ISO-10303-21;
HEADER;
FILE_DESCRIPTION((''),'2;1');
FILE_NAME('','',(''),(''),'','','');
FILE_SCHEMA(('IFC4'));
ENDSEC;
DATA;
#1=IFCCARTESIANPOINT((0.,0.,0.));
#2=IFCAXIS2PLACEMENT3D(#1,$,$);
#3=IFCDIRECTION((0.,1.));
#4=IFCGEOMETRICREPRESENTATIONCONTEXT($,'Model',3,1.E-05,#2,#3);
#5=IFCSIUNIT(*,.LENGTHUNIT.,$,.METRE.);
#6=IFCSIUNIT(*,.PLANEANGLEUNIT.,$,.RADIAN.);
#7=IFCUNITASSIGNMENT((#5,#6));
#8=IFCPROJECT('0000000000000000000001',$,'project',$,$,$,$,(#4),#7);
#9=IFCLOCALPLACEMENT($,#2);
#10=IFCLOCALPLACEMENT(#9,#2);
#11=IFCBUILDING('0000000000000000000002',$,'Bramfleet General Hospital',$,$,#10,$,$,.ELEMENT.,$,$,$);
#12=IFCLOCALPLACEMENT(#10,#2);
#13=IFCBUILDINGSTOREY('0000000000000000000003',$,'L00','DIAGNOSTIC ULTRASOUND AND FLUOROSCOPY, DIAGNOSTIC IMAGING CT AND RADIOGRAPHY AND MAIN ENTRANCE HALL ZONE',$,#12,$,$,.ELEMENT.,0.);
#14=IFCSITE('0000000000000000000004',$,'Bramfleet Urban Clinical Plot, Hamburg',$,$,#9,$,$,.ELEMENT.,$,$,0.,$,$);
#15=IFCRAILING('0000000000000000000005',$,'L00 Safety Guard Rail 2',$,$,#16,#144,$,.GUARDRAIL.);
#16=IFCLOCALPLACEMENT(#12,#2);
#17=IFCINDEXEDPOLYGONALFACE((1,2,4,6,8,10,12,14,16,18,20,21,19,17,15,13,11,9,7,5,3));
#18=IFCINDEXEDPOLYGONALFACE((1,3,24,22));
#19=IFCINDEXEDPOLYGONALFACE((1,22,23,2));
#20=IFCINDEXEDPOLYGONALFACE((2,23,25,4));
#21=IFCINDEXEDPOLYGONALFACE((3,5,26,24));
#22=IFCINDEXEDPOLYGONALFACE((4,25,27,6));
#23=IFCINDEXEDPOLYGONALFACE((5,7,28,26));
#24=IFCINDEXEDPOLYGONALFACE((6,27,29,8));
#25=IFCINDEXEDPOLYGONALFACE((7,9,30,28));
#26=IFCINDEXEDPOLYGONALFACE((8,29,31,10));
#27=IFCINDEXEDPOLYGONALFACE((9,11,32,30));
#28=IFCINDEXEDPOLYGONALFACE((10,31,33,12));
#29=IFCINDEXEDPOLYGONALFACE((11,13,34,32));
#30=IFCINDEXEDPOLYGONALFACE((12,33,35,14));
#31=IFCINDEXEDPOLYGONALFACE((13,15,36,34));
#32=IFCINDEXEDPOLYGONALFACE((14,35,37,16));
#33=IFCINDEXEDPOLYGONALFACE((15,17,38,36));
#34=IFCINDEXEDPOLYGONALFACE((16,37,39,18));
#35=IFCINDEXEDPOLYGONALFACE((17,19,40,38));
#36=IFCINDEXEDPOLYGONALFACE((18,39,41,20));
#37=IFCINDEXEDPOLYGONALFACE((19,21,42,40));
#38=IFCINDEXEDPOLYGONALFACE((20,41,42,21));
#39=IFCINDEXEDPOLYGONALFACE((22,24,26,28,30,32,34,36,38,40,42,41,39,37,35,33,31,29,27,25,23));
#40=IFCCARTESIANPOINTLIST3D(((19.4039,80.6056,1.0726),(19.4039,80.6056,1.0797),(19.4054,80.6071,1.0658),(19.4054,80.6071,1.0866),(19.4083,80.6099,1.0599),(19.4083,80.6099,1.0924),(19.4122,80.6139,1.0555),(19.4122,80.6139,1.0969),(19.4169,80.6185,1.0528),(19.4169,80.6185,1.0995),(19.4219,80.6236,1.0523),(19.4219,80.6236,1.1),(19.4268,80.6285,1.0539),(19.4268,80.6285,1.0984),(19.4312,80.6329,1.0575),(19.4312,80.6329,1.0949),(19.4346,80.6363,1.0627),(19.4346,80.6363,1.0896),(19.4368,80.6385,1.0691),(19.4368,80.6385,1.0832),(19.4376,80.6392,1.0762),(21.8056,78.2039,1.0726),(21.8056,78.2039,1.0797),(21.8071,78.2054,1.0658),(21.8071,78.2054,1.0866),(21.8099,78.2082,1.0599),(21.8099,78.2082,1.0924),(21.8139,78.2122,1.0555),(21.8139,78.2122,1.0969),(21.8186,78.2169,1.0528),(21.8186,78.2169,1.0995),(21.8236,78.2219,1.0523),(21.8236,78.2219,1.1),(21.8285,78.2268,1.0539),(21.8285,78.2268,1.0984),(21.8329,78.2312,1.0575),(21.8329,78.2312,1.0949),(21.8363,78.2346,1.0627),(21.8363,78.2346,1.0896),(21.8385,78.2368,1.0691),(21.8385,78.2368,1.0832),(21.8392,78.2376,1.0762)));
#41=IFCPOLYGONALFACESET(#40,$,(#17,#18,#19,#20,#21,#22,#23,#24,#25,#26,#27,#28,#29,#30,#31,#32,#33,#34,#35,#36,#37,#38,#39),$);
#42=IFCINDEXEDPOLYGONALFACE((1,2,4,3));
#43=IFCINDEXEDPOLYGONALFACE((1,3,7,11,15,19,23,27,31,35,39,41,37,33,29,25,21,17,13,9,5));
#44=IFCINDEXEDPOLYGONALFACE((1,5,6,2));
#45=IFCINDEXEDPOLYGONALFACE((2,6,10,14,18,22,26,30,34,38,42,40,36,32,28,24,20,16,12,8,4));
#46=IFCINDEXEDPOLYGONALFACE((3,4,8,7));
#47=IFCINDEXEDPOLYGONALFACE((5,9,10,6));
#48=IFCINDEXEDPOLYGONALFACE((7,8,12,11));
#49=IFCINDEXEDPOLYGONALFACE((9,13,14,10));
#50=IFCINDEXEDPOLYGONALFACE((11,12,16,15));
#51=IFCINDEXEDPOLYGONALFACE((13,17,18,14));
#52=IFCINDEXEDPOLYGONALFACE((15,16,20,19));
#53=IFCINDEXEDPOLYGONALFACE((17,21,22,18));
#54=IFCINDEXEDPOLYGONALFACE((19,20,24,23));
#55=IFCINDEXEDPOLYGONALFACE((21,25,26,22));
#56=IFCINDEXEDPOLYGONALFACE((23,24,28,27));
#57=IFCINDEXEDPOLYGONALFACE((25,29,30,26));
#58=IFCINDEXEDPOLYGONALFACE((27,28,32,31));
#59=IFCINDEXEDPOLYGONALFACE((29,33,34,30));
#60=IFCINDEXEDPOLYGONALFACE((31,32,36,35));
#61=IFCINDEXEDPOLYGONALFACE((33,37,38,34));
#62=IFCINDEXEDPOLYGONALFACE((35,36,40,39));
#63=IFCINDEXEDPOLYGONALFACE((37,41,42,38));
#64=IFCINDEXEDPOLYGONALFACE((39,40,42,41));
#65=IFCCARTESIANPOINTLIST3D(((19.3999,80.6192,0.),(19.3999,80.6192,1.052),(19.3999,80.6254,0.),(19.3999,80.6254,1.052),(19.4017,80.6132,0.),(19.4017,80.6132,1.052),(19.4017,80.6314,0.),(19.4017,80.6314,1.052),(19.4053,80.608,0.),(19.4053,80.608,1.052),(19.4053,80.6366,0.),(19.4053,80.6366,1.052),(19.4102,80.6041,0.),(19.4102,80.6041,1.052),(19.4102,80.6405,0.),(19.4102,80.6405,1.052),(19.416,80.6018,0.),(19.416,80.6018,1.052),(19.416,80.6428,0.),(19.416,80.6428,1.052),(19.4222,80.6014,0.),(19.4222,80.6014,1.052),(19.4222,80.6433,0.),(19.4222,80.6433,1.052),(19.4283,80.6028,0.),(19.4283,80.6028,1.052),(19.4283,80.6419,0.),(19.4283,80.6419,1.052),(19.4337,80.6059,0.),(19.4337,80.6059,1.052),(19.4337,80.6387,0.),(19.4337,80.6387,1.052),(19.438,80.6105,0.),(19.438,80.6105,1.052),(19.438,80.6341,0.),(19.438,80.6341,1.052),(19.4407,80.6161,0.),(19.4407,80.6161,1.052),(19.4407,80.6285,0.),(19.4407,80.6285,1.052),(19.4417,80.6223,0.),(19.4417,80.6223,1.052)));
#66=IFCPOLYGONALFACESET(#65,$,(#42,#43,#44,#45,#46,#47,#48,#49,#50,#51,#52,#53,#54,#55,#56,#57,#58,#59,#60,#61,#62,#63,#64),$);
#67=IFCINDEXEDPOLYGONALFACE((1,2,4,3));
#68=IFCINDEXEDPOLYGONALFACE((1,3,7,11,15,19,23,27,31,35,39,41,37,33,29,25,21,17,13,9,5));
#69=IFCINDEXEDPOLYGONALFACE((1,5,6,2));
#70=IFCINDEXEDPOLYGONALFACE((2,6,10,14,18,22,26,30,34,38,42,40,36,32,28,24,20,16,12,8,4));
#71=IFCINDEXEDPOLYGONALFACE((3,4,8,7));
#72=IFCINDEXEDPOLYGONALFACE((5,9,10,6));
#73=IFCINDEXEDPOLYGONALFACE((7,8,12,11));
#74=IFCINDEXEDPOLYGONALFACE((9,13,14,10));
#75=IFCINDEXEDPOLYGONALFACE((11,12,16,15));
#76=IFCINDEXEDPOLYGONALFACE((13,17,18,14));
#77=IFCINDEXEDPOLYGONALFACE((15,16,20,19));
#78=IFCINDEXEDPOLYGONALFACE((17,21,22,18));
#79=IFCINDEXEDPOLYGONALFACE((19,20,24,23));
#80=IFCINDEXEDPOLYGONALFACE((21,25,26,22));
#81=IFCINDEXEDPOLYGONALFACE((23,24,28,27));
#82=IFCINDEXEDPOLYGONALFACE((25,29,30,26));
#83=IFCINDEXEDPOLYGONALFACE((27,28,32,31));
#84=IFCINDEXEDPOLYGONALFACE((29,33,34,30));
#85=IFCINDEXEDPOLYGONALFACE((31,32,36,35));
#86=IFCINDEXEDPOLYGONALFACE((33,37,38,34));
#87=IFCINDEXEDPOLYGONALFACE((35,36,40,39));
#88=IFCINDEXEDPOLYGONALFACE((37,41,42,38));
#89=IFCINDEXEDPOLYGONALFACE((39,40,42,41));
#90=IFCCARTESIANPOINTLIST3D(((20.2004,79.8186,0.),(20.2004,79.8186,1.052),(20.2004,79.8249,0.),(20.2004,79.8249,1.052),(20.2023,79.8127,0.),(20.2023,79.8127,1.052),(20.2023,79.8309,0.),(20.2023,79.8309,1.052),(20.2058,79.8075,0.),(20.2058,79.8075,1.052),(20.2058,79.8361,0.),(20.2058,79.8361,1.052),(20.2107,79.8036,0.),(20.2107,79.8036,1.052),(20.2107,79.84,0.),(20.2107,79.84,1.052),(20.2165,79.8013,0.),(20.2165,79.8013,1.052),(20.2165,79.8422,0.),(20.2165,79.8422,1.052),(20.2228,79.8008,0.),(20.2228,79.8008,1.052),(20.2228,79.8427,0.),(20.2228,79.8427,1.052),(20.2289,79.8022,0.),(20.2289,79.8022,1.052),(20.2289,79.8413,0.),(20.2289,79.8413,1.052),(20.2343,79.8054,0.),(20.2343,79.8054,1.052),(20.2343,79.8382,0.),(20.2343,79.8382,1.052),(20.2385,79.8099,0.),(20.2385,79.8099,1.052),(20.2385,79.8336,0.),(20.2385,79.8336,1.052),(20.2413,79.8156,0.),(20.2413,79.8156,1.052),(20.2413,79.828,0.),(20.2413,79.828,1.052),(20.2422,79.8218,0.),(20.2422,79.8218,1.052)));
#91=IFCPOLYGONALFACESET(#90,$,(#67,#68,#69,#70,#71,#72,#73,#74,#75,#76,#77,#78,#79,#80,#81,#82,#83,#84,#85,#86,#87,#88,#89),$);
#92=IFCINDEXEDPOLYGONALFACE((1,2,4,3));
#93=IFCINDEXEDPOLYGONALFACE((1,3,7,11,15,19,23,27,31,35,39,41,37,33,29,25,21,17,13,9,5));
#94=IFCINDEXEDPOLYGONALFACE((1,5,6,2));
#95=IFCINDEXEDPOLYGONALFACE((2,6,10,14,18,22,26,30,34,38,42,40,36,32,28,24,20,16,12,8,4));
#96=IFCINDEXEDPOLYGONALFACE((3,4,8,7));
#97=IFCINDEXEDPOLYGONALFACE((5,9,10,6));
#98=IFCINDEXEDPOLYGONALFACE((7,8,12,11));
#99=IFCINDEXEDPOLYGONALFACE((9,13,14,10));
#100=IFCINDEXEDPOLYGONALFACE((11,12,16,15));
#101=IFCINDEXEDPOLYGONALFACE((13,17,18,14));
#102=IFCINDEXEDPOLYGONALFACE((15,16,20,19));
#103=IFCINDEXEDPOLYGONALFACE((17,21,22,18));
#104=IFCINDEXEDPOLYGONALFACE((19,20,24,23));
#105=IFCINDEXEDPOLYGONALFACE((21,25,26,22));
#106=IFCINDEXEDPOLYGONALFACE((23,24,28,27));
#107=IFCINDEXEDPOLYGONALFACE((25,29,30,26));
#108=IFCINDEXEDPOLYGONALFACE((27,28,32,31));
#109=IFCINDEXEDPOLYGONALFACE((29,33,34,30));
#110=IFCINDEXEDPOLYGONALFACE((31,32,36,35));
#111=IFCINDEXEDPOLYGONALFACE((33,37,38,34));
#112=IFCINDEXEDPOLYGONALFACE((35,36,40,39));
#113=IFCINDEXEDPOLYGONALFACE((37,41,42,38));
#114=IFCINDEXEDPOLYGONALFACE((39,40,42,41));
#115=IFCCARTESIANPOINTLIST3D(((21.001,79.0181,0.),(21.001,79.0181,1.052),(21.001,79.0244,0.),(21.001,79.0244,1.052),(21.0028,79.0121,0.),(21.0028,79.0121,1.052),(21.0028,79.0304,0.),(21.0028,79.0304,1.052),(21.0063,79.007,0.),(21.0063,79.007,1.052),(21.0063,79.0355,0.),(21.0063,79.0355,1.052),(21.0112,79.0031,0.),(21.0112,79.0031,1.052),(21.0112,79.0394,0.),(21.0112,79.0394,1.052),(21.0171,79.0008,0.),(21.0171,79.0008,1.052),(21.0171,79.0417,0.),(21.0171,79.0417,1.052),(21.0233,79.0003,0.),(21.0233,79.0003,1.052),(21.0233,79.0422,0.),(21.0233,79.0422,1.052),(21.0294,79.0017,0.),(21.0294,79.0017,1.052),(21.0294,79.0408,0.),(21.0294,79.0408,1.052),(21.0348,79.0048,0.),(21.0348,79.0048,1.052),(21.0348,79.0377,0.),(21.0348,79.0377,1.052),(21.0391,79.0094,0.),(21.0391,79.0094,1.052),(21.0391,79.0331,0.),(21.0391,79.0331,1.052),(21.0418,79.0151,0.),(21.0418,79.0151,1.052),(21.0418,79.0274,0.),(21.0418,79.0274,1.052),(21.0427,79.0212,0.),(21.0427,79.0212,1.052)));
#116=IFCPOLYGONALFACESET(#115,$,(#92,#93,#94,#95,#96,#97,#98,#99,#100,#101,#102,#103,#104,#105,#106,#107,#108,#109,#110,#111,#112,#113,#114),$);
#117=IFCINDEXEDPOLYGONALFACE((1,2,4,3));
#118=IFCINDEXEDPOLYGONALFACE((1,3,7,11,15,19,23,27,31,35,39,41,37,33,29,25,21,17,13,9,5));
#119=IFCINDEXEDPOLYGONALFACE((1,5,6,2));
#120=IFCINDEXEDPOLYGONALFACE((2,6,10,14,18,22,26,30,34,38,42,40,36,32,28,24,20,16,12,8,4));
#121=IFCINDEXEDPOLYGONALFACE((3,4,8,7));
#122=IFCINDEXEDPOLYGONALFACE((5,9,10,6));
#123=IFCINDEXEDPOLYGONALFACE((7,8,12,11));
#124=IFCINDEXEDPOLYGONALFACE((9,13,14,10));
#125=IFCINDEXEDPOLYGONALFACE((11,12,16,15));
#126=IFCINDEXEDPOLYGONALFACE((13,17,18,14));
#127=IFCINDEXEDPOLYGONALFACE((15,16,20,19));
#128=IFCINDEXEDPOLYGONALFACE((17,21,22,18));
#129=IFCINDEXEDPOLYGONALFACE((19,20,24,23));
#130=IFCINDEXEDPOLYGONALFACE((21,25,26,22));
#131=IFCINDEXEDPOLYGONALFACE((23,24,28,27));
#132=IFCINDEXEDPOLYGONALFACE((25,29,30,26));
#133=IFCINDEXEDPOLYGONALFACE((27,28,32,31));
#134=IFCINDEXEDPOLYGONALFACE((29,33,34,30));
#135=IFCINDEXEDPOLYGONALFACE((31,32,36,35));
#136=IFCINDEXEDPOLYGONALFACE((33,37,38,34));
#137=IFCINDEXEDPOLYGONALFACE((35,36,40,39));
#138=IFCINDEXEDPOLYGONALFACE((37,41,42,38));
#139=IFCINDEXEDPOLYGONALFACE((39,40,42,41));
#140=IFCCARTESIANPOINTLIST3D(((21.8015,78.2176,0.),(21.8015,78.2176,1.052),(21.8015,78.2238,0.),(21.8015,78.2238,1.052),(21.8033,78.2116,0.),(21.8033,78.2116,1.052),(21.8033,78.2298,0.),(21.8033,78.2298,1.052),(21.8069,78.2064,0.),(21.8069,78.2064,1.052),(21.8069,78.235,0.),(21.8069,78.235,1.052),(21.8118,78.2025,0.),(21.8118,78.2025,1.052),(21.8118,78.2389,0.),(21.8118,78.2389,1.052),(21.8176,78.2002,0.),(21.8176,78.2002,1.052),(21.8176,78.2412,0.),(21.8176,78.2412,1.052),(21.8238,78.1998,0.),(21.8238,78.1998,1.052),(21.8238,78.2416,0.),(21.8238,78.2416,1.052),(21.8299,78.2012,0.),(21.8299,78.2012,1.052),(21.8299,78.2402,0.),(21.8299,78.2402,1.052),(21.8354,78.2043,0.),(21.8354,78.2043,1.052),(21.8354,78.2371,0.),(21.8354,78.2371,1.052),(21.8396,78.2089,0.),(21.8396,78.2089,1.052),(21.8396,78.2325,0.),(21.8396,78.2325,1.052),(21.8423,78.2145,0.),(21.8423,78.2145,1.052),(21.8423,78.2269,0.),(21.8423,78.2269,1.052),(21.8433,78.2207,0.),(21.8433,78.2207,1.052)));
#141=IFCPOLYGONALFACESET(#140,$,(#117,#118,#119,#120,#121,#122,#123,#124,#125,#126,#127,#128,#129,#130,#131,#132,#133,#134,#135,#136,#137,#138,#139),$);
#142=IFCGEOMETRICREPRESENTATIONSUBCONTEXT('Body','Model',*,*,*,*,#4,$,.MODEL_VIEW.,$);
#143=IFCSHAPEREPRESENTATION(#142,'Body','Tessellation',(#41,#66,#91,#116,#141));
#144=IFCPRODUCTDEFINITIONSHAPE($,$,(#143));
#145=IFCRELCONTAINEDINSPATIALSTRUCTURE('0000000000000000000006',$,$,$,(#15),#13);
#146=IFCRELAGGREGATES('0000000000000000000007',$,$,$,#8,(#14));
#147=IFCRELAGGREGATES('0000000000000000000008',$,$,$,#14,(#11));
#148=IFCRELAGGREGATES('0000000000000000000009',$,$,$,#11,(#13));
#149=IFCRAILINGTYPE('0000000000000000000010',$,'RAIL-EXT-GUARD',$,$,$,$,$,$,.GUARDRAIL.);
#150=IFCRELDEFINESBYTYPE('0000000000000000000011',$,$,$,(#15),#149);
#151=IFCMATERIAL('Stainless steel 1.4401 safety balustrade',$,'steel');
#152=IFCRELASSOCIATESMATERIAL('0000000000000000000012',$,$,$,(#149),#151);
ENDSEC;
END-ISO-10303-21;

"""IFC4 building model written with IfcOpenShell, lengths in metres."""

from ifc_helpers import new_model, si_unit, direction, frame, origin, origin_2d, place, context, subcontext, project, spatial, circle, extrude, material, type_object, element, save


model = new_model("IFC4")

# Units and contexts
model_context = context("Model", 3, precision=1e-05, world=origin(), true_north=direction((0.0, 1.0)))
body_context = subcontext(model_context, "Body", "Model", "MODEL_VIEW")
ifc_project = project(units=[si_unit("LENGTHUNIT", "METRE"), si_unit("PLANEANGLEUNIT", "RADIAN")], contexts=[model_context])

# Site, building, storey
site_placement = place(None, origin())
site = spatial("IfcSite", under=ifc_project, at=site_placement, Name="Bramfleet Urban Clinical Plot, Hamburg", CompositionType="ELEMENT", RefElevation=0.0)
building_placement = place(site_placement, origin())
building = spatial("IfcBuilding", under=site, at=building_placement, Name="Bramfleet General Hospital", CompositionType="ELEMENT")
storey_placement = place(building_placement, origin())
storey = spatial("IfcBuildingStorey", under=building, at=storey_placement, Name="L00", Description="DIAGNOSTIC ULTRASOUND AND FLUOROSCOPY, DIAGNOSTIC IMAGING CT AND RADIOGRAPHY AND MAIN ENTRANCE HALL ZONE", CompositionType="ELEMENT", Elevation=0.0)

# Railing
ifc_material_1 = material(Name="Stainless steel 1.4401 safety balustrade", Category="steel")
railing_type = type_object("IfcRailingType", Name="RAIL-EXT-GUARD", PredefinedType="GUARDRAIL", material=ifc_material_1)
railing_1_placement = place(storey_placement, frame((19.4207, 80.6223, 0.0)))
element("IfcRailing", 1, at=railing_1_placement, inside=storey, type_object=railing_type, Name="L00 Safety Guard Rail 2", PredefinedType="GUARDRAIL", context=body_context, shape_type="SweptSolid", body=[
    extrude(circle(Radius=0.0239, at=origin_2d()), frame((0.0, 0.0, 1.0762), z_axis=(0.707107, -0.707107, 0.0), x_axis=(0.707107, 0.707107, 0.0)), (0.0, 0.0, 1.0), 3.3965),
    extrude(circle(Radius=0.021, at=origin_2d()), origin(), (0.0, 0.0, 1.0), 1.052),
    extrude(circle(Radius=0.021, at=origin_2d()), frame((0.8005, -0.8005, 0.0)), (0.0, 0.0, 1.0), 1.052),
    extrude(circle(Radius=0.021, at=origin_2d()), frame((1.6011, -1.6011, 0.0)), (0.0, 0.0, 1.0), 1.052),
    extrude(circle(Radius=0.021, at=origin_2d()), frame((2.4016, -2.4016, 0.0)), (0.0, 0.0, 1.0), 1.052),
])

save(model, "model.ifc")
